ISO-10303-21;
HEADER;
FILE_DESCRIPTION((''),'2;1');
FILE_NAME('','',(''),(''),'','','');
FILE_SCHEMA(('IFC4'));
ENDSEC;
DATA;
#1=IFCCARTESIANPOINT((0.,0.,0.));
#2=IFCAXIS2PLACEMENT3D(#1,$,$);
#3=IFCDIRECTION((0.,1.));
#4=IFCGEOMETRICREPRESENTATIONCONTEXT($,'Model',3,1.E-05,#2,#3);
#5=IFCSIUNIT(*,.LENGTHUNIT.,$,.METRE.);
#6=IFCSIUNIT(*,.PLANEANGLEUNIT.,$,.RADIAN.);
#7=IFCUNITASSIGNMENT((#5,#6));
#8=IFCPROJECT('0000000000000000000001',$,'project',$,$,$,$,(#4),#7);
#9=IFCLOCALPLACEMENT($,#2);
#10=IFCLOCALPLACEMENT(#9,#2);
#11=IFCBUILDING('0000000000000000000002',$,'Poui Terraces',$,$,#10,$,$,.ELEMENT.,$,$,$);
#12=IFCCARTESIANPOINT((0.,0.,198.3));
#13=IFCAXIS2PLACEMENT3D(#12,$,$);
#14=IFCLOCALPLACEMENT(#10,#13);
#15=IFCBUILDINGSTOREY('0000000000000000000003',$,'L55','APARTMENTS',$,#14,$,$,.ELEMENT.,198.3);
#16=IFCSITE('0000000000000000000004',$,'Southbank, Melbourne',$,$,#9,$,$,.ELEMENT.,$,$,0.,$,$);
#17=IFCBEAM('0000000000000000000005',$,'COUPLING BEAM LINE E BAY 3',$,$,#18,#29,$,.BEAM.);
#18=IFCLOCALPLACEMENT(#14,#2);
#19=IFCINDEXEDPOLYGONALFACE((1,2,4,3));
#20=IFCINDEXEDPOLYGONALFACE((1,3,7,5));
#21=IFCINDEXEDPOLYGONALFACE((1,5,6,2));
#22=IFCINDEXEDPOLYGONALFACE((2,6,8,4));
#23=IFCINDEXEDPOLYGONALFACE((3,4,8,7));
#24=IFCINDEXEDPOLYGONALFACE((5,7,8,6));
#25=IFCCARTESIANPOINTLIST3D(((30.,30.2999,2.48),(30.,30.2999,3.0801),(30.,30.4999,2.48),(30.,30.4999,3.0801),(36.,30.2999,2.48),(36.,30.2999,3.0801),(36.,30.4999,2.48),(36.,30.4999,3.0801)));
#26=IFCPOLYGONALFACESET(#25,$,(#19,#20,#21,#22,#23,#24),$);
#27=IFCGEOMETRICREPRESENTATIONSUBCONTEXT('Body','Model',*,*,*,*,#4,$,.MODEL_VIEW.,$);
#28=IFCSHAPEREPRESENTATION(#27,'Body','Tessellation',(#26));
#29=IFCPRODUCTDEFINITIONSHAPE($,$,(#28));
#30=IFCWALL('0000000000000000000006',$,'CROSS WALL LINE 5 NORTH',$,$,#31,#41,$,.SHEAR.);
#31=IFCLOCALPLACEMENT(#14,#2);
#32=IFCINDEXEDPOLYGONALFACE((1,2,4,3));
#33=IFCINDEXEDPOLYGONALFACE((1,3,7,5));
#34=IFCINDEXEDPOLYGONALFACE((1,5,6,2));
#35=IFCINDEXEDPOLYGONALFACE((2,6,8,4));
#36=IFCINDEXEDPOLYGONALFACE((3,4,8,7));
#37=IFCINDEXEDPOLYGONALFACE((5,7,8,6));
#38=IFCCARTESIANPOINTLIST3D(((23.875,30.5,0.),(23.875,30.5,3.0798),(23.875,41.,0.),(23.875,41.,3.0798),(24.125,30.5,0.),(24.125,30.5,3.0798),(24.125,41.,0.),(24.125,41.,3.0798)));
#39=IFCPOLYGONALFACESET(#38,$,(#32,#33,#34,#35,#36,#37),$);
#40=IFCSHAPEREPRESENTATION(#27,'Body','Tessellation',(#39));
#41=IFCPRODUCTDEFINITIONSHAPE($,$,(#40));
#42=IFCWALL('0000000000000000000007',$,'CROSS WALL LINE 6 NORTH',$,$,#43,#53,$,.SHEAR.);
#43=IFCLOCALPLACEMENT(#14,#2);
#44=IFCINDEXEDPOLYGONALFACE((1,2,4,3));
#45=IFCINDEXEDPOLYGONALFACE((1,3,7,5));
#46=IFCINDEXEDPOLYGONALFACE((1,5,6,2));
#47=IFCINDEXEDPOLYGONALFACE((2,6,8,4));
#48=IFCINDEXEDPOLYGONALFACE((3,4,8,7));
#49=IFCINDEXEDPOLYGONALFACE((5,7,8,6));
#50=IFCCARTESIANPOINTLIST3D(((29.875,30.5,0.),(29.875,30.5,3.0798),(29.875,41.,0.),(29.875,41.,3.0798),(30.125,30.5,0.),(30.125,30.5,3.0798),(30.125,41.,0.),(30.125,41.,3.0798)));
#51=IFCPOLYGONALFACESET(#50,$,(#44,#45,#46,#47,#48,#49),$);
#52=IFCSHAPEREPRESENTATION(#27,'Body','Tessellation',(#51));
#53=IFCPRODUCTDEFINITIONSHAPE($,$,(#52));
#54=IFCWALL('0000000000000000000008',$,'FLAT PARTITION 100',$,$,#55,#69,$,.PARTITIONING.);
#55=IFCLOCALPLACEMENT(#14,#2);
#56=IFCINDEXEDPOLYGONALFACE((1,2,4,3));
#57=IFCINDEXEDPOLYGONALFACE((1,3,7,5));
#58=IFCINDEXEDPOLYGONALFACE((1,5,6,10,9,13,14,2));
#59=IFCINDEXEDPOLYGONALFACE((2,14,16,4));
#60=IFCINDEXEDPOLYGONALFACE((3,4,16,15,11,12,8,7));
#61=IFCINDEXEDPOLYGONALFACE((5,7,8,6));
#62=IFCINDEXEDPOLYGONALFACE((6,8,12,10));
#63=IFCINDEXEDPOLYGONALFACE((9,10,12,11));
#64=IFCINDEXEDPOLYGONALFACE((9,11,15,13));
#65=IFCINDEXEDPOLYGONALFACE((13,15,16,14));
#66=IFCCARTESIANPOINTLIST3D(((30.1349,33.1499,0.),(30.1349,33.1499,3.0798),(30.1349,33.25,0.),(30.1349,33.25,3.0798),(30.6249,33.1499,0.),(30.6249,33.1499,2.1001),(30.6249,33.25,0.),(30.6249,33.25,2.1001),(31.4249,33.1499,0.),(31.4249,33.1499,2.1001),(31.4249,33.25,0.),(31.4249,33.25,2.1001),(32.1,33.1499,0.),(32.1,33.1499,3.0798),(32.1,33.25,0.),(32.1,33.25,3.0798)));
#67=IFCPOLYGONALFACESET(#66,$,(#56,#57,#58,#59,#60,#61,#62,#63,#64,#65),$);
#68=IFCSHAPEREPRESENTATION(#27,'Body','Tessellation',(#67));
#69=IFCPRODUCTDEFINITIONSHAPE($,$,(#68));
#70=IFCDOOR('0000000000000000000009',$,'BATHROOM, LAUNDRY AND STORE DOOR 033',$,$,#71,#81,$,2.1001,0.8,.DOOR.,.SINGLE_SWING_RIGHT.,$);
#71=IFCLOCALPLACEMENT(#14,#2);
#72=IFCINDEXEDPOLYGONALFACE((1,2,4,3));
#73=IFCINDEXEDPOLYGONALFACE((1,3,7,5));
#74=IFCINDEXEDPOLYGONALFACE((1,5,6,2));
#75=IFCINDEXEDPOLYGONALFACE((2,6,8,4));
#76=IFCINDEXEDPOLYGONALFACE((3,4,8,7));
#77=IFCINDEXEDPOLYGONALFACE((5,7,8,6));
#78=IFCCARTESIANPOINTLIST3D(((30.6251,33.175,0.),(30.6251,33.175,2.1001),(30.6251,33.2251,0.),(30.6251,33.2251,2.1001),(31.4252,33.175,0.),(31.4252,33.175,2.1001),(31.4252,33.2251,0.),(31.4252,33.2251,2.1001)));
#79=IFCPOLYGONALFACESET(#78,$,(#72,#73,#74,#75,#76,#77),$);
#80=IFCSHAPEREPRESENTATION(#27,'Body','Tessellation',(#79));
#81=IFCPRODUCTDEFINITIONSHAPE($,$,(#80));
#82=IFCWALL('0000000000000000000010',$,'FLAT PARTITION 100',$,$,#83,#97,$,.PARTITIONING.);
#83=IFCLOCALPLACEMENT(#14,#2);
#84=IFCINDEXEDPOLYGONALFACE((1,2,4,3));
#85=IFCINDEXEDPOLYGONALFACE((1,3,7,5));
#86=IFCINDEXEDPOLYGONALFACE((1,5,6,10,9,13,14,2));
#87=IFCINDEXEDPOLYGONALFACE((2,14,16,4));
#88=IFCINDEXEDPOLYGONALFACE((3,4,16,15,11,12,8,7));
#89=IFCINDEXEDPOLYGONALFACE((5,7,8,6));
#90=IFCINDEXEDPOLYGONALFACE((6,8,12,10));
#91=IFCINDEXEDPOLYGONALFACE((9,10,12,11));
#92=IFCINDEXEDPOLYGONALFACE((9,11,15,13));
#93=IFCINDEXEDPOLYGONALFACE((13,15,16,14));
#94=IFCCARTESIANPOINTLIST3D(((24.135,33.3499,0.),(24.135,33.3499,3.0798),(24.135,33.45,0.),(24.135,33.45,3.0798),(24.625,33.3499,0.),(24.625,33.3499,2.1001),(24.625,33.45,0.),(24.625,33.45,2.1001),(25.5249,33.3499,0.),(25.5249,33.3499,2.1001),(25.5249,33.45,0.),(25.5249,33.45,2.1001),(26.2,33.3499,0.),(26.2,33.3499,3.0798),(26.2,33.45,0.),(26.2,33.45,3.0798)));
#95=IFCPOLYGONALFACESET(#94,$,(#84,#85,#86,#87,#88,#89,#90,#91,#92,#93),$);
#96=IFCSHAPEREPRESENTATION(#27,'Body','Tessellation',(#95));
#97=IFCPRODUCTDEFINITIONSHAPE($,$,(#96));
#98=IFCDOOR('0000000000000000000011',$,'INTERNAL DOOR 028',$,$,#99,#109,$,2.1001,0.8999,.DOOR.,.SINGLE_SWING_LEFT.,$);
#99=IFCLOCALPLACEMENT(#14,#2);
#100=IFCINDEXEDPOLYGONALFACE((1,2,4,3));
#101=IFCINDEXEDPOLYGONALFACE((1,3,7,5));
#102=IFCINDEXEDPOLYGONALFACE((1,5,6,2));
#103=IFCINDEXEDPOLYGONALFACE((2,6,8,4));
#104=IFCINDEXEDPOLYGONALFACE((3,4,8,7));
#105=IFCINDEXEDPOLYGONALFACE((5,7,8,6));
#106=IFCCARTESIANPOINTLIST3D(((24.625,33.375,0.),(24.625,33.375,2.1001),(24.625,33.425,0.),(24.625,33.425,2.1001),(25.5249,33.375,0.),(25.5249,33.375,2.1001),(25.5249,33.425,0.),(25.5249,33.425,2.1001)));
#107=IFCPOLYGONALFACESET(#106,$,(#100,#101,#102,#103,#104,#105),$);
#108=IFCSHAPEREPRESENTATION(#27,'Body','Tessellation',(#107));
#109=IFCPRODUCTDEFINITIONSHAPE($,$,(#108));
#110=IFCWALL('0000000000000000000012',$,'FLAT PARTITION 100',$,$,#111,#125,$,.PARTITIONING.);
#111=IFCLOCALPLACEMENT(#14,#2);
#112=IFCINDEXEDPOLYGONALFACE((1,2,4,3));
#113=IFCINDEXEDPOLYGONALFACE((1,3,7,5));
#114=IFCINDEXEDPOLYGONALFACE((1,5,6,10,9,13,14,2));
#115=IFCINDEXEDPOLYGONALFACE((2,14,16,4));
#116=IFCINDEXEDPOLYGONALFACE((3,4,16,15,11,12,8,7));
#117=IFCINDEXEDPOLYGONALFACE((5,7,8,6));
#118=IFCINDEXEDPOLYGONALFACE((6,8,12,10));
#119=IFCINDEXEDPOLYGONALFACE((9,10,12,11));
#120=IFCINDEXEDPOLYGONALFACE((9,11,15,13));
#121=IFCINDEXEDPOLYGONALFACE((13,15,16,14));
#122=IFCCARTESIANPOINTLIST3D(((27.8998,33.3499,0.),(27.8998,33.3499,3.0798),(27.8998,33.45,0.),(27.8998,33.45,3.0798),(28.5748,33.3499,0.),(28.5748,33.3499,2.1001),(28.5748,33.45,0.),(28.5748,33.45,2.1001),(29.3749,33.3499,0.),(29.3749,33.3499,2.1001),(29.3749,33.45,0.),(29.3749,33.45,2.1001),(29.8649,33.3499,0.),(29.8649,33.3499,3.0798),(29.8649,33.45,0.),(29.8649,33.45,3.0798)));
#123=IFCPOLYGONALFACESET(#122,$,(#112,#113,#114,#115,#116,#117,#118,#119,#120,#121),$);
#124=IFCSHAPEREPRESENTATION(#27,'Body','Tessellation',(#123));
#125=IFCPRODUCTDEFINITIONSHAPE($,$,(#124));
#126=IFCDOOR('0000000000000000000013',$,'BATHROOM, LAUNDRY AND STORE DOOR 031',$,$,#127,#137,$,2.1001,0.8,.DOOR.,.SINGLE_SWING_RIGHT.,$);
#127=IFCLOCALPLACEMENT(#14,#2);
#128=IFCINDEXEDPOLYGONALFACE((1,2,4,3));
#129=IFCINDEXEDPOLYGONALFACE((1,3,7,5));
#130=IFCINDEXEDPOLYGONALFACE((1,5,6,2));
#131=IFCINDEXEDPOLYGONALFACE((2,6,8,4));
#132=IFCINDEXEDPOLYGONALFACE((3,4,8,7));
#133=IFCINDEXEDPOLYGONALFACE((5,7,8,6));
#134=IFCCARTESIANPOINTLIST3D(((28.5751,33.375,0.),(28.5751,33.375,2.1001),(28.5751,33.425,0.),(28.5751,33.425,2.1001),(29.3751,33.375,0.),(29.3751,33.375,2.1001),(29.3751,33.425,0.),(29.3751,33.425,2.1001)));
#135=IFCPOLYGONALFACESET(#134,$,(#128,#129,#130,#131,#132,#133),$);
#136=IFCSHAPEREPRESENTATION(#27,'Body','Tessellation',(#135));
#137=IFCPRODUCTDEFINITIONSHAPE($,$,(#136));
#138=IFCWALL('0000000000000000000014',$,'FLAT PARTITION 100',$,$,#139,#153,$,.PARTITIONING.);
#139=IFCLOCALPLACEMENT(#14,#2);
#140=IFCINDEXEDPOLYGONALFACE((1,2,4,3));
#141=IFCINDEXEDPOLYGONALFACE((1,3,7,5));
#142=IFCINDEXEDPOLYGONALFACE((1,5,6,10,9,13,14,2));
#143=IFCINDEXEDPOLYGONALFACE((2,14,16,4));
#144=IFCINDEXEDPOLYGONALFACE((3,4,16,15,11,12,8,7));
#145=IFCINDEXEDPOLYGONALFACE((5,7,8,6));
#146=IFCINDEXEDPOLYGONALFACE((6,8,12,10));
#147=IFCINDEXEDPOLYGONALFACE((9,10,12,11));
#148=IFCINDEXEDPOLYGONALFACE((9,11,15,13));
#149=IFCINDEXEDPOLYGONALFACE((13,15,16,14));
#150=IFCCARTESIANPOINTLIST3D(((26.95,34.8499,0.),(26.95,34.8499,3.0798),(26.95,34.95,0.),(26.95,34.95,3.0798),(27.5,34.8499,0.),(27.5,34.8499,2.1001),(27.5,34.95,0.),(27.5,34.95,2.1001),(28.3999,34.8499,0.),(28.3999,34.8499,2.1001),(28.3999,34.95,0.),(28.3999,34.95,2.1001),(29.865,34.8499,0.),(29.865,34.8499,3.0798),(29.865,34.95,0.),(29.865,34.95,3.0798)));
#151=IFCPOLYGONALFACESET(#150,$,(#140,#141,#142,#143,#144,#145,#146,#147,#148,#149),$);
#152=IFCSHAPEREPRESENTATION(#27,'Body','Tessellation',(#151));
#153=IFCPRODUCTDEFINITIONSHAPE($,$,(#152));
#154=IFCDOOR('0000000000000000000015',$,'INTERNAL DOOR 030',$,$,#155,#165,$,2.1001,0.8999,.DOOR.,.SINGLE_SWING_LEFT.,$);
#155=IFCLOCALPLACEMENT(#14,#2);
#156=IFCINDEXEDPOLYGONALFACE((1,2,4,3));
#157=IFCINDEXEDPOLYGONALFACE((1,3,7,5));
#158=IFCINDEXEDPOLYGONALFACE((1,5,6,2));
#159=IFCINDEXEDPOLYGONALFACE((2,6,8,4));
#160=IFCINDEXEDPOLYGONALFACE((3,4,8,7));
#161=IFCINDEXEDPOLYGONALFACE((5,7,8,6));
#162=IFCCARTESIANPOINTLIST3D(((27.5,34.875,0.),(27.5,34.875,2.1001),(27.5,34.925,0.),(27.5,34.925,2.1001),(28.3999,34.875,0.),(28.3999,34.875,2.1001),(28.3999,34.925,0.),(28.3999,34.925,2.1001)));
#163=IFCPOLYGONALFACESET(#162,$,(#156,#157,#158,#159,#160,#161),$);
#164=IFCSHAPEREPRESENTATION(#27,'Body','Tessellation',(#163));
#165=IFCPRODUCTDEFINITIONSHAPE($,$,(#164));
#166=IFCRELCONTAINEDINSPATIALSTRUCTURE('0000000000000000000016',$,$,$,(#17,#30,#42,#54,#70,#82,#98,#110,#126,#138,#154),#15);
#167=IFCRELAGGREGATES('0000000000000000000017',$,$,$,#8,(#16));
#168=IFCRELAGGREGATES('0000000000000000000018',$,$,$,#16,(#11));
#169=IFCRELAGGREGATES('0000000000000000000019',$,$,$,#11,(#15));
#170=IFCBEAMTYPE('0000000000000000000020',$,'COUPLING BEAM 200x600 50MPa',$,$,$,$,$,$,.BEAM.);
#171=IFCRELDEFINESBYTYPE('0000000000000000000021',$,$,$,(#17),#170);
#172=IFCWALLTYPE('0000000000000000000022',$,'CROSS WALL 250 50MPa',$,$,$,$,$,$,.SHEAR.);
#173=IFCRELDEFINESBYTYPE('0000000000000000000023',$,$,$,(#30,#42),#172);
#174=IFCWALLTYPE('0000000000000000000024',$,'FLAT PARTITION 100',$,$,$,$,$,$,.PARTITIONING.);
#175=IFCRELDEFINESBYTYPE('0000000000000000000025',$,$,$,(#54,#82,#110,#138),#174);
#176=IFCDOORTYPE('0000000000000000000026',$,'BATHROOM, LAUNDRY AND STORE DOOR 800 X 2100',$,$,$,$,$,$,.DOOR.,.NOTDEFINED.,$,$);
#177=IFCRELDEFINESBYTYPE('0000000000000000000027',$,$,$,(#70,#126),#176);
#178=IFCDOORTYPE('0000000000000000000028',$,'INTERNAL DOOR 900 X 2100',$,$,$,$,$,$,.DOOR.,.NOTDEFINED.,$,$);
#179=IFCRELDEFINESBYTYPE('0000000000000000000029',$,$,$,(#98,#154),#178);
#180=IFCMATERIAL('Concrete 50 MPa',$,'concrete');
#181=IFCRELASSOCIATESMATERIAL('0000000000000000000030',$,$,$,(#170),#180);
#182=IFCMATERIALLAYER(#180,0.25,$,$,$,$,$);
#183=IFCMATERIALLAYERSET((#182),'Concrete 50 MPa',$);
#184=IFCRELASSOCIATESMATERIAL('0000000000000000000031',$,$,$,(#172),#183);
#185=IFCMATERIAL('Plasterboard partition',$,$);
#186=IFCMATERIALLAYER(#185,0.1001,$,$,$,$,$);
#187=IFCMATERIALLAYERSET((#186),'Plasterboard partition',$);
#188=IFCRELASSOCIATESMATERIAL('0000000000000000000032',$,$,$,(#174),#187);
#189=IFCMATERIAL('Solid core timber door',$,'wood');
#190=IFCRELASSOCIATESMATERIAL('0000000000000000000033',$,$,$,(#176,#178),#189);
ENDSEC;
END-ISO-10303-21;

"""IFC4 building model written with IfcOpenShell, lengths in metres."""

from ifc_helpers import new_model, si_unit, direction, frame, frame_2d, origin, origin_2d, place, context, subcontext, project, spatial, rectangle, extrude, source, transform, mapped, material, layer, layer_set, material_profile, profile_set, type_object, element, fill, save


model = new_model("IFC4")

# Units and contexts
model_context = context("Model", 3, precision=1e-05, world=origin(), true_north=direction((0.0, 1.0)))
body_context = subcontext(model_context, "Body", "Model", "MODEL_VIEW")
ifc_project = project(units=[si_unit("LENGTHUNIT", "METRE"), si_unit("PLANEANGLEUNIT", "RADIAN")], contexts=[model_context])

# Site, building, storey
site_placement = place(None, origin())
site = spatial("IfcSite", under=ifc_project, at=site_placement, Name="Southbank, Melbourne", CompositionType="ELEMENT", RefElevation=0.0)
building_placement = place(site_placement, origin())
building = spatial("IfcBuilding", under=site, at=building_placement, Name="Poui Terraces", CompositionType="ELEMENT")
storey_placement = place(building_placement, frame((0.0, 0.0, 198.3)))
storey = spatial("IfcBuildingStorey", under=building, at=storey_placement, Name="L55", Description="APARTMENTS", CompositionType="ELEMENT", Elevation=198.3)

# Beam
ifc_material_1 = material(Name="Concrete 50 MPa", Category="concrete")
ifc_material_profile_1 = material_profile(ifc_material_1, rectangle(XDim=0.2, YDim=0.6001, at=origin_2d()), Name="RC 200x600")
ifc_profile_set_1 = profile_set([ifc_material_profile_1], Name="Concrete 50 MPa")
beam_type = type_object("IfcBeamType", Name="COUPLING BEAM 200x600 50MPa", PredefinedType="BEAM", material=ifc_profile_set_1)
shared_shape_1 = source(origin(), body_context, "Body", "SweptSolid", [
    extrude(rectangle(XDim=0.2, YDim=0.6001, at=origin_2d()), origin(), (0.0, 0.0, 1.0), 6.0),
])
beam_placement = place(storey_placement, frame((30.0, 30.3999, 2.78), z_axis=(1.0, 0.0, 0.0), x_axis=(0.0, 1.0, 0.0)))
element("IfcBeam", 1, at=beam_placement, inside=storey, type_object=beam_type, Name="COUPLING BEAM LINE E BAY 3", PredefinedType="BEAM", context=body_context, shape_type="MappedRepresentation", body=[
    mapped(shared_shape_1, transform((0.0, 0.0, 0.0))),
])

# Walls
ifc_layer_1 = layer(ifc_material_1, 0.25)
ifc_layer_set_1 = layer_set([ifc_layer_1], Name="Concrete 50 MPa")
wall_type_1 = type_object("IfcWallType", Name="CROSS WALL 250 50MPa", PredefinedType="SHEAR", material=ifc_layer_set_1)
for number, where, z_axis, x_axis, name in (
    (2, (24.0, 30.5, 0.0), (0.0, 0.0, 1.0), (0.0, 1.0, 0.0), "CROSS WALL LINE 5 NORTH"),
    (3, (30.0, 30.5, 0.0), (0.0, 0.0, 1.0), (0.0, 1.0, 0.0), "CROSS WALL LINE 6 NORTH"),
):
    element("IfcWall", number, at=place(storey_placement, frame(where, z_axis=z_axis, x_axis=x_axis)), inside=storey, type_object=wall_type_1, Name=name, PredefinedType="SHEAR", context=body_context, shape_type="SweptSolid", body=[
        extrude(rectangle(XDim=10.5, YDim=0.25, at=frame_2d((5.25, 0.0))), origin(), (0.0, 0.0, 1.0), 3.0798),
    ])

# Walls, openings, doors
ifc_material_2 = material(Name="Plasterboard partition")
ifc_layer_2 = layer(ifc_material_2, 0.1001)
ifc_layer_set_2 = layer_set([ifc_layer_2], Name="Plasterboard partition")
wall_type_2 = type_object("IfcWallType", Name="FLAT PARTITION 100", PredefinedType="PARTITIONING", material=ifc_layer_set_2)
wall_1_placement = place(storey_placement, frame((30.135, 33.2, 0.0), z_axis=(0.0, 0.0, 1.0), x_axis=(1.0, 0.0, 0.0)))
wall_1 = element("IfcWall", 4, at=wall_1_placement, inside=storey, type_object=wall_type_2, Name="FLAT PARTITION 100", PredefinedType="PARTITIONING", context=body_context, shape_type="SweptSolid", body=[
    extrude(rectangle(XDim=1.9651, YDim=0.1001, at=frame_2d((0.9824, 0.0))), origin(), (0.0, 0.0, 1.0), 3.0798),
])
opening_1_placement = place(wall_1_placement, frame((0.49, 0.0, 0.0)))
opening_1 = element("IfcOpeningElement", 5, at=opening_1_placement, cuts=wall_1, PredefinedType="OPENING", context=body_context, shape_type="SweptSolid", body=[
    extrude(rectangle(XDim=0.8, YDim=2.1001, at=frame_2d((0.3999, 1.05))), frame((0.0, 0.0601, 0.0), z_axis=(0.0, -1.0, 0.0), x_axis=(1.0, 0.0, 0.0)), (0.0, 0.0, 1.0), 0.1201),
])
ifc_material_3 = material(Name="Solid core timber door", Category="wood")
door_type_1 = type_object("IfcDoorType", Name="BATHROOM, LAUNDRY AND STORE DOOR 800 X 2100", OperationType="NOTDEFINED", PredefinedType="DOOR", material=ifc_material_3)
door_1_placement = place(opening_1_placement, frame((0.8, 0.0, 0.0), z_axis=(0.0, 0.0, 1.0), x_axis=(-1.0, 0.0, 0.0)))
door_1 = element("IfcDoor", 6, at=door_1_placement, inside=storey, type_object=door_type_1, Name="BATHROOM, LAUNDRY AND STORE DOOR 033", OperationType="SINGLE_SWING_RIGHT", OverallHeight=2.1001, OverallWidth=0.8, PredefinedType="DOOR", context=body_context, shape_type="SweptSolid", body=[
    extrude(rectangle(XDim=0.8, YDim=2.1001, at=frame_2d((0.3999, 1.05))), frame((0.0, 0.0249, 0.0), z_axis=(0.0, -1.0, 0.0), x_axis=(1.0, 0.0, 0.0)), (0.0, 0.0, 1.0), 0.05),
])
fill(opening_1, door_1)
wall_2_placement = place(storey_placement, frame((24.135, 33.3999, 0.0), z_axis=(0.0, 0.0, 1.0), x_axis=(1.0, 0.0, 0.0)))
wall_2 = element("IfcWall", 7, at=wall_2_placement, inside=storey, type_object=wall_type_2, Name="FLAT PARTITION 100", PredefinedType="PARTITIONING", context=body_context, shape_type="SweptSolid", body=[
    extrude(rectangle(XDim=2.0649, YDim=0.1001, at=frame_2d((1.0325, 0.0))), origin(), (0.0, 0.0, 1.0), 3.0798),
])
opening_2_placement = place(wall_2_placement, frame((0.49, 0.0, 0.0)))
opening_2 = element("IfcOpeningElement", 8, at=opening_2_placement, cuts=wall_2, PredefinedType="OPENING", context=body_context, shape_type="SweptSolid", body=[
    extrude(rectangle(XDim=0.8999, YDim=2.1001, at=frame_2d((0.45, 1.05))), frame((0.0, 0.0601, 0.0), z_axis=(0.0, -1.0, 0.0), x_axis=(1.0, 0.0, 0.0)), (0.0, 0.0, 1.0), 0.1201),
])
door_type_2 = type_object("IfcDoorType", Name="INTERNAL DOOR 900 X 2100", OperationType="NOTDEFINED", PredefinedType="DOOR", material=ifc_material_3)
door_2_placement = place(opening_2_placement, frame((0.8999, 0.0, 0.0), z_axis=(0.0, 0.0, 1.0), x_axis=(-1.0, 0.0, 0.0)))
door_2 = element("IfcDoor", 9, at=door_2_placement, inside=storey, type_object=door_type_2, Name="INTERNAL DOOR 028", OperationType="SINGLE_SWING_LEFT", OverallHeight=2.1001, OverallWidth=0.8999, PredefinedType="DOOR", context=body_context, shape_type="SweptSolid", body=[
    extrude(rectangle(XDim=0.8999, YDim=2.1001, at=frame_2d((0.45, 1.05))), frame((0.0, 0.0249, 0.0), z_axis=(0.0, -1.0, 0.0), x_axis=(1.0, 0.0, 0.0)), (0.0, 0.0, 1.0), 0.05),
])
fill(opening_2, door_2)
wall_3_placement = place(storey_placement, frame((27.8999, 33.3999, 0.0), z_axis=(0.0, 0.0, 1.0), x_axis=(1.0, 0.0, 0.0)))
wall_3 = element("IfcWall", 10, at=wall_3_placement, inside=storey, type_object=wall_type_2, Name="FLAT PARTITION 100", PredefinedType="PARTITIONING", context=body_context, shape_type="SweptSolid", body=[
    extrude(rectangle(XDim=1.9651, YDim=0.1001, at=frame_2d((0.9824, 0.0))), origin(), (0.0, 0.0, 1.0), 3.0798),
])
opening_3_placement = place(wall_3_placement, frame((0.675, 0.0, 0.0)))
opening_3 = element("IfcOpeningElement", 11, at=opening_3_placement, cuts=wall_3, PredefinedType="OPENING", context=body_context, shape_type="SweptSolid", body=[
    extrude(rectangle(XDim=0.8, YDim=2.1001, at=frame_2d((0.3999, 1.05))), frame((0.0, 0.0601, 0.0), z_axis=(0.0, -1.0, 0.0), x_axis=(1.0, 0.0, 0.0)), (0.0, 0.0, 1.0), 0.1201),
])
door_3_placement = place(opening_3_placement, frame((0.8, 0.0, 0.0), z_axis=(0.0, 0.0, 1.0), x_axis=(-1.0, 0.0, 0.0)))
door_3 = element("IfcDoor", 12, at=door_3_placement, inside=storey, type_object=door_type_1, Name="BATHROOM, LAUNDRY AND STORE DOOR 031", OperationType="SINGLE_SWING_RIGHT", OverallHeight=2.1001, OverallWidth=0.8, PredefinedType="DOOR", context=body_context, shape_type="SweptSolid", body=[
    extrude(rectangle(XDim=0.8, YDim=2.1001, at=frame_2d((0.3999, 1.05))), frame((0.0, 0.0249, 0.0), z_axis=(0.0, -1.0, 0.0), x_axis=(1.0, 0.0, 0.0)), (0.0, 0.0, 1.0), 0.05),
])
fill(opening_3, door_3)
wall_4_placement = place(storey_placement, frame((26.95, 34.8999, 0.0), z_axis=(0.0, 0.0, 1.0), x_axis=(1.0, 0.0, 0.0)))
wall_4 = element("IfcWall", 13, at=wall_4_placement, inside=storey, type_object=wall_type_2, Name="FLAT PARTITION 100", PredefinedType="PARTITIONING", context=body_context, shape_type="SweptSolid", body=[
    extrude(rectangle(XDim=2.915, YDim=0.1001, at=frame_2d((1.4575, 0.0))), origin(), (0.0, 0.0, 1.0), 3.0798),
])
opening_4_placement = place(wall_4_placement, frame((0.55, 0.0, 0.0)))
opening_4 = element("IfcOpeningElement", 14, at=opening_4_placement, cuts=wall_4, PredefinedType="OPENING", context=body_context, shape_type="SweptSolid", body=[
    extrude(rectangle(XDim=0.8999, YDim=2.1001, at=frame_2d((0.45, 1.05))), frame((0.0, 0.0601, 0.0), z_axis=(0.0, -1.0, 0.0), x_axis=(1.0, 0.0, 0.0)), (0.0, 0.0, 1.0), 0.1201),
])
door_4_placement = place(opening_4_placement, frame((0.8999, 0.0, 0.0), z_axis=(0.0, 0.0, 1.0), x_axis=(-1.0, 0.0, 0.0)))
door_4 = element("IfcDoor", 15, at=door_4_placement, inside=storey, type_object=door_type_2, Name="INTERNAL DOOR 030", OperationType="SINGLE_SWING_LEFT", OverallHeight=2.1001, OverallWidth=0.8999, PredefinedType="DOOR", context=body_context, shape_type="SweptSolid", body=[
    extrude(rectangle(XDim=0.8999, YDim=2.1001, at=frame_2d((0.45, 1.05))), frame((0.0, 0.0249, 0.0), z_axis=(0.0, -1.0, 0.0), x_axis=(1.0, 0.0, 0.0)), (0.0, 0.0, 1.0), 0.05),
])
fill(opening_4, door_4)

save(model, "model.ifc")
